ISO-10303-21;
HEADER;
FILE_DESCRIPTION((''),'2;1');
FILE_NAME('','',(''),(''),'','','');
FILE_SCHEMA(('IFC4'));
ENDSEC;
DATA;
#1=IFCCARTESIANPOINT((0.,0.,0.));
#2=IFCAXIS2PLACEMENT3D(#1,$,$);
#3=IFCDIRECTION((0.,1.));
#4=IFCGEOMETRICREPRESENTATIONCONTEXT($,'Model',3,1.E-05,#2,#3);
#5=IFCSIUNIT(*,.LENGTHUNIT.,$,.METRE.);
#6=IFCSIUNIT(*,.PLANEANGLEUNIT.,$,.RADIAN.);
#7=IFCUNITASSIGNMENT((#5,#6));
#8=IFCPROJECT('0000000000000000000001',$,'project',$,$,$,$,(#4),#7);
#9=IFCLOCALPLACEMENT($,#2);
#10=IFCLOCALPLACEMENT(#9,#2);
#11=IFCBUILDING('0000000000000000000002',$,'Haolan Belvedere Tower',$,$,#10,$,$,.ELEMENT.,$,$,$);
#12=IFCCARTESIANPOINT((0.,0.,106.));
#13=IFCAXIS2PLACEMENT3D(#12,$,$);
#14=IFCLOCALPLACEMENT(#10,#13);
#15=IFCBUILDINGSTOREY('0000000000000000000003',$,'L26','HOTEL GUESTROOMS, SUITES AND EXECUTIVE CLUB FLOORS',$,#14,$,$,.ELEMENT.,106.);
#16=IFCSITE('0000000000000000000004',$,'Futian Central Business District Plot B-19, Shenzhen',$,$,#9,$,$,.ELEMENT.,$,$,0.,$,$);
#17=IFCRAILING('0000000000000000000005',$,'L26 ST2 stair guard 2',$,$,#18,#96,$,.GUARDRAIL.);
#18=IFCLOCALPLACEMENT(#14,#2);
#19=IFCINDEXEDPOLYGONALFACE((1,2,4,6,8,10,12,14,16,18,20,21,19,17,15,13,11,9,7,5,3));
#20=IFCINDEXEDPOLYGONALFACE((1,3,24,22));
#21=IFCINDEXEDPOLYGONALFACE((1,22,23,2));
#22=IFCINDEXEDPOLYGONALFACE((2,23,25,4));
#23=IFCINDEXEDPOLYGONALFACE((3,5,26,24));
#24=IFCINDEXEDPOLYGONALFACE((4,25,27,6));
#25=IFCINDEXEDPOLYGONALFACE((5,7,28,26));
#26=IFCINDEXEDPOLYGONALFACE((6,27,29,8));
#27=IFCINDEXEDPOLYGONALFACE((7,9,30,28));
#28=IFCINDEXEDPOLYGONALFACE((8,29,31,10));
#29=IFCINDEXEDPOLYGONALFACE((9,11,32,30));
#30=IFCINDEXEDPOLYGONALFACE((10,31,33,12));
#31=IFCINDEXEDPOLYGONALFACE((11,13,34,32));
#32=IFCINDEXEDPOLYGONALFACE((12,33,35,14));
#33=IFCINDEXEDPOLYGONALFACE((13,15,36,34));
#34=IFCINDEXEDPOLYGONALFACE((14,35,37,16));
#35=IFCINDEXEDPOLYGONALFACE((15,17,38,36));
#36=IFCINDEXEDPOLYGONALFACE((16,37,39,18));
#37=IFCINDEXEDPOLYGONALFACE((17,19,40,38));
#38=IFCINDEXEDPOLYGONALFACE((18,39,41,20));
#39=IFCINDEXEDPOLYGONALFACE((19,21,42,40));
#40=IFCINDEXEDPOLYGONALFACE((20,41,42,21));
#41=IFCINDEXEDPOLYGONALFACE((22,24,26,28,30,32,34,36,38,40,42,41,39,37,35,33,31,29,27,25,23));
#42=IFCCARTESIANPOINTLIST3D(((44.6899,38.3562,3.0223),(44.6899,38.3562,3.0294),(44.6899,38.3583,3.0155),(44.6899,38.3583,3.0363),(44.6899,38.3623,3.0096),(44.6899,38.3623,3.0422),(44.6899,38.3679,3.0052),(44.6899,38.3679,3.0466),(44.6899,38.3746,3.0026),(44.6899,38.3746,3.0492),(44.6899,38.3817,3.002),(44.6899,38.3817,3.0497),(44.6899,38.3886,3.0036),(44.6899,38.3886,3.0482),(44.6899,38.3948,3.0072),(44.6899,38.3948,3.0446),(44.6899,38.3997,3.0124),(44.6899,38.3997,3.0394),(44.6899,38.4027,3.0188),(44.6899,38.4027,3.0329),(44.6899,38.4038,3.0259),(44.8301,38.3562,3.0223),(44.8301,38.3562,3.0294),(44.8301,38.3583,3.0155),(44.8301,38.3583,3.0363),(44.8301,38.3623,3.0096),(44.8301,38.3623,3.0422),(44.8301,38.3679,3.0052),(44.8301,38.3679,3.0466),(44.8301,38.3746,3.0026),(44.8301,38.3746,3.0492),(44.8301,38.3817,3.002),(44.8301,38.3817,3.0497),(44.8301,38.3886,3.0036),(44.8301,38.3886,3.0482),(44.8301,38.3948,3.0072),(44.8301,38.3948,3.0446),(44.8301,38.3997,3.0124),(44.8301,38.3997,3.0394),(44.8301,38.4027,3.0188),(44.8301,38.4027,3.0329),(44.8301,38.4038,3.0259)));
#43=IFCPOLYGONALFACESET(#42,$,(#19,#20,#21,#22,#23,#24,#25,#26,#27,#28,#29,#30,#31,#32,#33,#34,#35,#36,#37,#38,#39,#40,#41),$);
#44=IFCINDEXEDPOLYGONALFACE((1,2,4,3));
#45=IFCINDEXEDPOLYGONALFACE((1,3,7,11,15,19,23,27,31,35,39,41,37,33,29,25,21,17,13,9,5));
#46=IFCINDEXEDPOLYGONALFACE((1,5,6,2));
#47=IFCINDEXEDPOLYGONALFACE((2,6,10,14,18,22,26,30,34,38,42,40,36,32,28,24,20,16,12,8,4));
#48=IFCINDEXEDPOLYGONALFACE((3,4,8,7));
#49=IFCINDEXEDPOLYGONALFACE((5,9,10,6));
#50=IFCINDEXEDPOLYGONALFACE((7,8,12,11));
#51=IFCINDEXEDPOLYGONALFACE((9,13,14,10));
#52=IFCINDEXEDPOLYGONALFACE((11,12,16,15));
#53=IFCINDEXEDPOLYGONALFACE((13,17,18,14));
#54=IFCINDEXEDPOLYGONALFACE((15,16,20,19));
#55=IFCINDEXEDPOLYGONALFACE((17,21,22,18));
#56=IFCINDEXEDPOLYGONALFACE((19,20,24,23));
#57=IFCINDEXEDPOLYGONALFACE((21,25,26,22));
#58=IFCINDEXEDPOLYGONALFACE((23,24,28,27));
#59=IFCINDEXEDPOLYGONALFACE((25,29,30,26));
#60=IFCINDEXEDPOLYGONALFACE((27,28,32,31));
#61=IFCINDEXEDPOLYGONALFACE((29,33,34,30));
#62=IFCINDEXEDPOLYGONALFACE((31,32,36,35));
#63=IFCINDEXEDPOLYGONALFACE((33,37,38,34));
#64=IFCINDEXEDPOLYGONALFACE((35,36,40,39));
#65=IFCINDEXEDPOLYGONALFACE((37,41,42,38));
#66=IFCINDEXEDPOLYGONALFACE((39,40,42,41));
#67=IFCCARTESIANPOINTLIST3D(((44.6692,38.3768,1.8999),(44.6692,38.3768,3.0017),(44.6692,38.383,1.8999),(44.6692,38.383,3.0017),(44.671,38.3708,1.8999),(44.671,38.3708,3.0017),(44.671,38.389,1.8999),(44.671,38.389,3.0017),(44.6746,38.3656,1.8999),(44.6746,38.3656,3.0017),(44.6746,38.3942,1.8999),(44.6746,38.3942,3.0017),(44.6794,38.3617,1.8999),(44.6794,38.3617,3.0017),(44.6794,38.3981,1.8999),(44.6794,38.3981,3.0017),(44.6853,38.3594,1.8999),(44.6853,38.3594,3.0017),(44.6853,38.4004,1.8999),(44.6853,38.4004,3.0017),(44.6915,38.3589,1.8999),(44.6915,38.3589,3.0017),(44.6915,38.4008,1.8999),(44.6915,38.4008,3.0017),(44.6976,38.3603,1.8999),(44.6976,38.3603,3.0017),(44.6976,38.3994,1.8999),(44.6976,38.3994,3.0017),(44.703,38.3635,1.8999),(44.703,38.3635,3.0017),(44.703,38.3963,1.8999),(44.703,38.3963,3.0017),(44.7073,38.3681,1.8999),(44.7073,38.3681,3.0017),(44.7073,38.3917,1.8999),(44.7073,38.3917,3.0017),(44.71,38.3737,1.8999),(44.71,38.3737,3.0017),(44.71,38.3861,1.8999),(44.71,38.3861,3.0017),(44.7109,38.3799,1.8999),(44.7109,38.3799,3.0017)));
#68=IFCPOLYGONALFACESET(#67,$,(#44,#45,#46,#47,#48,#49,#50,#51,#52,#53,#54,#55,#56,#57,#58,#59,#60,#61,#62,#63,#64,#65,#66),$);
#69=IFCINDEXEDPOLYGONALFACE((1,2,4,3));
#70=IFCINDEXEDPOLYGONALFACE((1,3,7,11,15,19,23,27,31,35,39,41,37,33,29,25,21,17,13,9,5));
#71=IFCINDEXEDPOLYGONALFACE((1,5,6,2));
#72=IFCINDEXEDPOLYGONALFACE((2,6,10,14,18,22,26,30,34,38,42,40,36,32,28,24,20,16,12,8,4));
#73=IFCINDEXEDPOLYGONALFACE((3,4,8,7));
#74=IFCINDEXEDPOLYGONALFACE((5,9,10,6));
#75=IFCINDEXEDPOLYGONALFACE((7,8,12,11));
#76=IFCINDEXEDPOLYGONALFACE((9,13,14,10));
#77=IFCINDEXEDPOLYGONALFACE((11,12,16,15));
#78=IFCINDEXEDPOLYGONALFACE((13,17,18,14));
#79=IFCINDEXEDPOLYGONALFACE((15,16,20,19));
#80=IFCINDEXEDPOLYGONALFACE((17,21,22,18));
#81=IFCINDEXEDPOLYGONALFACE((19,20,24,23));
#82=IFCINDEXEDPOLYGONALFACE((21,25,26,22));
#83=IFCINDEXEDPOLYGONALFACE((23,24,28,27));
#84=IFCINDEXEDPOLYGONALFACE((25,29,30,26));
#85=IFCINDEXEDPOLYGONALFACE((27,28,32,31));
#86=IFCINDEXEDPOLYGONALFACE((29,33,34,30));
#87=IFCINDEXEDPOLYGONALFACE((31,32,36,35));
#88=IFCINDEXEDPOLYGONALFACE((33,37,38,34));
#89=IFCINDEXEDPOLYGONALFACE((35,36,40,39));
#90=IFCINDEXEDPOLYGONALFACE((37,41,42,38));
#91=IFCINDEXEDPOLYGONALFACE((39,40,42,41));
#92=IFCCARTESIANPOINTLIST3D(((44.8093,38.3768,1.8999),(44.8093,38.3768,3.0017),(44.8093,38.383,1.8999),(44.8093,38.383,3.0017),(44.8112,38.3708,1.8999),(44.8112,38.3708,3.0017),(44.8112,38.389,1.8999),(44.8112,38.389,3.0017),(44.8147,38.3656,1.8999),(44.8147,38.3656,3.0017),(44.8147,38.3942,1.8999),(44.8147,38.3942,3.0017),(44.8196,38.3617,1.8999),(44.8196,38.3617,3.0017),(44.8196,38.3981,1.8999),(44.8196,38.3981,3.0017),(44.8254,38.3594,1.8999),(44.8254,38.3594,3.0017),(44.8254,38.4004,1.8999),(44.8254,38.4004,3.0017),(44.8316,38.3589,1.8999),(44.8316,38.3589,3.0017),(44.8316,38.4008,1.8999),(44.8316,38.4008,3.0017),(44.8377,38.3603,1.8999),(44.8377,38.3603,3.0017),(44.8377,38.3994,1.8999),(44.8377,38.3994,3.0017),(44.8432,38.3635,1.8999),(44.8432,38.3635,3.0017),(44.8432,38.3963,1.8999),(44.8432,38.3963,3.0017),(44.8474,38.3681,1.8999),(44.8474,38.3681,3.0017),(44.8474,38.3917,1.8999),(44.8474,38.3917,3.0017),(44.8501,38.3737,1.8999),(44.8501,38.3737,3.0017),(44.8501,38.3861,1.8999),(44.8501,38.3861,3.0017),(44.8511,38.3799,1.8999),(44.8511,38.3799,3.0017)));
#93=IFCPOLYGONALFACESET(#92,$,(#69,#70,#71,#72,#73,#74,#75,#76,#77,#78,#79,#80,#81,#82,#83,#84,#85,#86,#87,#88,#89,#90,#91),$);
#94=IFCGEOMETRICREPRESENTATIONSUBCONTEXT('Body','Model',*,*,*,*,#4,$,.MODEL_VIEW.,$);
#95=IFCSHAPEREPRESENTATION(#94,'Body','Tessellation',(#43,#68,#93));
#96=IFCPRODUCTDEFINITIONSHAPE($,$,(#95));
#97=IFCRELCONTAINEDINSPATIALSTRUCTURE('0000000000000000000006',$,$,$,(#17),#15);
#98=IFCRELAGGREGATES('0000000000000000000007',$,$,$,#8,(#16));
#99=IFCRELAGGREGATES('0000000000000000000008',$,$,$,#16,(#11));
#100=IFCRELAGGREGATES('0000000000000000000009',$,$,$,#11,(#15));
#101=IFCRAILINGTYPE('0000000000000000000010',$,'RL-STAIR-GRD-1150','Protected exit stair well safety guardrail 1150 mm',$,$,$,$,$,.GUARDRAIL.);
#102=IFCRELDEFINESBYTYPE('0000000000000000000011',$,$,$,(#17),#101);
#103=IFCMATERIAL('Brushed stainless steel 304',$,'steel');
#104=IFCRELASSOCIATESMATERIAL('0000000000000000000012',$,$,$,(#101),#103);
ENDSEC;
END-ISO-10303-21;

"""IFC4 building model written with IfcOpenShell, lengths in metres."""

from ifc_helpers import new_model, si_unit, direction, frame, origin, origin_2d, place, context, subcontext, project, spatial, circle, extrude, material, type_object, element, save


model = new_model("IFC4")

# Units and contexts
model_context = context("Model", 3, precision=1e-05, world=origin(), true_north=direction((0.0, 1.0)))
body_context = subcontext(model_context, "Body", "Model", "MODEL_VIEW")
ifc_project = project(units=[si_unit("LENGTHUNIT", "METRE"), si_unit("PLANEANGLEUNIT", "RADIAN")], contexts=[model_context])

# Site, building, storey
site_placement = place(None, origin())
site = spatial("IfcSite", under=ifc_project, at=site_placement, Name="Futian Central Business District Plot B-19, Shenzhen", CompositionType="ELEMENT", RefElevation=0.0)
building_placement = place(site_placement, origin())
building = spatial("IfcBuilding", under=site, at=building_placement, Name="Haolan Belvedere Tower", CompositionType="ELEMENT")
storey_placement = place(building_placement, frame((0.0, 0.0, 106.0)))
storey = spatial("IfcBuildingStorey", under=building, at=storey_placement, Name="L26", Description="HOTEL GUESTROOMS, SUITES AND EXECUTIVE CLUB FLOORS", CompositionType="ELEMENT", Elevation=106.0)

# Railing
ifc_material_1 = material(Name="Brushed stainless steel 304", Category="steel")
railing_type_1 = type_object("IfcRailingType", Name="RL-STAIR-GRD-1150", Description="Protected exit stair well safety guardrail 1150 mm", PredefinedType="GUARDRAIL", material=ifc_material_1)
railing_1_placement = place(storey_placement, frame((44.6899, 38.3799, 1.8999)))
element("IfcRailing", 1, at=railing_1_placement, inside=storey, type_object=railing_type_1, Name="L26 ST2 stair guard 2", PredefinedType="GUARDRAIL", context=body_context, shape_type="SweptSolid", body=[
    extrude(circle(Radius=0.0239, at=origin_2d()), frame((0.0, 0.0, 1.126), z_axis=(1.0, 0.0, 0.0), x_axis=(0.0, 1.0, 0.0)), (0.0, 0.0, 1.0), 0.1401),
    extrude(circle(Radius=0.021, at=origin_2d()), origin(), (0.0, 0.0, 1.0), 1.1018),
    extrude(circle(Radius=0.021, at=origin_2d()), frame((0.1401, 0.0, 0.0)), (0.0, 0.0, 1.0), 1.1018),
])

save(model, "model.ifc")
